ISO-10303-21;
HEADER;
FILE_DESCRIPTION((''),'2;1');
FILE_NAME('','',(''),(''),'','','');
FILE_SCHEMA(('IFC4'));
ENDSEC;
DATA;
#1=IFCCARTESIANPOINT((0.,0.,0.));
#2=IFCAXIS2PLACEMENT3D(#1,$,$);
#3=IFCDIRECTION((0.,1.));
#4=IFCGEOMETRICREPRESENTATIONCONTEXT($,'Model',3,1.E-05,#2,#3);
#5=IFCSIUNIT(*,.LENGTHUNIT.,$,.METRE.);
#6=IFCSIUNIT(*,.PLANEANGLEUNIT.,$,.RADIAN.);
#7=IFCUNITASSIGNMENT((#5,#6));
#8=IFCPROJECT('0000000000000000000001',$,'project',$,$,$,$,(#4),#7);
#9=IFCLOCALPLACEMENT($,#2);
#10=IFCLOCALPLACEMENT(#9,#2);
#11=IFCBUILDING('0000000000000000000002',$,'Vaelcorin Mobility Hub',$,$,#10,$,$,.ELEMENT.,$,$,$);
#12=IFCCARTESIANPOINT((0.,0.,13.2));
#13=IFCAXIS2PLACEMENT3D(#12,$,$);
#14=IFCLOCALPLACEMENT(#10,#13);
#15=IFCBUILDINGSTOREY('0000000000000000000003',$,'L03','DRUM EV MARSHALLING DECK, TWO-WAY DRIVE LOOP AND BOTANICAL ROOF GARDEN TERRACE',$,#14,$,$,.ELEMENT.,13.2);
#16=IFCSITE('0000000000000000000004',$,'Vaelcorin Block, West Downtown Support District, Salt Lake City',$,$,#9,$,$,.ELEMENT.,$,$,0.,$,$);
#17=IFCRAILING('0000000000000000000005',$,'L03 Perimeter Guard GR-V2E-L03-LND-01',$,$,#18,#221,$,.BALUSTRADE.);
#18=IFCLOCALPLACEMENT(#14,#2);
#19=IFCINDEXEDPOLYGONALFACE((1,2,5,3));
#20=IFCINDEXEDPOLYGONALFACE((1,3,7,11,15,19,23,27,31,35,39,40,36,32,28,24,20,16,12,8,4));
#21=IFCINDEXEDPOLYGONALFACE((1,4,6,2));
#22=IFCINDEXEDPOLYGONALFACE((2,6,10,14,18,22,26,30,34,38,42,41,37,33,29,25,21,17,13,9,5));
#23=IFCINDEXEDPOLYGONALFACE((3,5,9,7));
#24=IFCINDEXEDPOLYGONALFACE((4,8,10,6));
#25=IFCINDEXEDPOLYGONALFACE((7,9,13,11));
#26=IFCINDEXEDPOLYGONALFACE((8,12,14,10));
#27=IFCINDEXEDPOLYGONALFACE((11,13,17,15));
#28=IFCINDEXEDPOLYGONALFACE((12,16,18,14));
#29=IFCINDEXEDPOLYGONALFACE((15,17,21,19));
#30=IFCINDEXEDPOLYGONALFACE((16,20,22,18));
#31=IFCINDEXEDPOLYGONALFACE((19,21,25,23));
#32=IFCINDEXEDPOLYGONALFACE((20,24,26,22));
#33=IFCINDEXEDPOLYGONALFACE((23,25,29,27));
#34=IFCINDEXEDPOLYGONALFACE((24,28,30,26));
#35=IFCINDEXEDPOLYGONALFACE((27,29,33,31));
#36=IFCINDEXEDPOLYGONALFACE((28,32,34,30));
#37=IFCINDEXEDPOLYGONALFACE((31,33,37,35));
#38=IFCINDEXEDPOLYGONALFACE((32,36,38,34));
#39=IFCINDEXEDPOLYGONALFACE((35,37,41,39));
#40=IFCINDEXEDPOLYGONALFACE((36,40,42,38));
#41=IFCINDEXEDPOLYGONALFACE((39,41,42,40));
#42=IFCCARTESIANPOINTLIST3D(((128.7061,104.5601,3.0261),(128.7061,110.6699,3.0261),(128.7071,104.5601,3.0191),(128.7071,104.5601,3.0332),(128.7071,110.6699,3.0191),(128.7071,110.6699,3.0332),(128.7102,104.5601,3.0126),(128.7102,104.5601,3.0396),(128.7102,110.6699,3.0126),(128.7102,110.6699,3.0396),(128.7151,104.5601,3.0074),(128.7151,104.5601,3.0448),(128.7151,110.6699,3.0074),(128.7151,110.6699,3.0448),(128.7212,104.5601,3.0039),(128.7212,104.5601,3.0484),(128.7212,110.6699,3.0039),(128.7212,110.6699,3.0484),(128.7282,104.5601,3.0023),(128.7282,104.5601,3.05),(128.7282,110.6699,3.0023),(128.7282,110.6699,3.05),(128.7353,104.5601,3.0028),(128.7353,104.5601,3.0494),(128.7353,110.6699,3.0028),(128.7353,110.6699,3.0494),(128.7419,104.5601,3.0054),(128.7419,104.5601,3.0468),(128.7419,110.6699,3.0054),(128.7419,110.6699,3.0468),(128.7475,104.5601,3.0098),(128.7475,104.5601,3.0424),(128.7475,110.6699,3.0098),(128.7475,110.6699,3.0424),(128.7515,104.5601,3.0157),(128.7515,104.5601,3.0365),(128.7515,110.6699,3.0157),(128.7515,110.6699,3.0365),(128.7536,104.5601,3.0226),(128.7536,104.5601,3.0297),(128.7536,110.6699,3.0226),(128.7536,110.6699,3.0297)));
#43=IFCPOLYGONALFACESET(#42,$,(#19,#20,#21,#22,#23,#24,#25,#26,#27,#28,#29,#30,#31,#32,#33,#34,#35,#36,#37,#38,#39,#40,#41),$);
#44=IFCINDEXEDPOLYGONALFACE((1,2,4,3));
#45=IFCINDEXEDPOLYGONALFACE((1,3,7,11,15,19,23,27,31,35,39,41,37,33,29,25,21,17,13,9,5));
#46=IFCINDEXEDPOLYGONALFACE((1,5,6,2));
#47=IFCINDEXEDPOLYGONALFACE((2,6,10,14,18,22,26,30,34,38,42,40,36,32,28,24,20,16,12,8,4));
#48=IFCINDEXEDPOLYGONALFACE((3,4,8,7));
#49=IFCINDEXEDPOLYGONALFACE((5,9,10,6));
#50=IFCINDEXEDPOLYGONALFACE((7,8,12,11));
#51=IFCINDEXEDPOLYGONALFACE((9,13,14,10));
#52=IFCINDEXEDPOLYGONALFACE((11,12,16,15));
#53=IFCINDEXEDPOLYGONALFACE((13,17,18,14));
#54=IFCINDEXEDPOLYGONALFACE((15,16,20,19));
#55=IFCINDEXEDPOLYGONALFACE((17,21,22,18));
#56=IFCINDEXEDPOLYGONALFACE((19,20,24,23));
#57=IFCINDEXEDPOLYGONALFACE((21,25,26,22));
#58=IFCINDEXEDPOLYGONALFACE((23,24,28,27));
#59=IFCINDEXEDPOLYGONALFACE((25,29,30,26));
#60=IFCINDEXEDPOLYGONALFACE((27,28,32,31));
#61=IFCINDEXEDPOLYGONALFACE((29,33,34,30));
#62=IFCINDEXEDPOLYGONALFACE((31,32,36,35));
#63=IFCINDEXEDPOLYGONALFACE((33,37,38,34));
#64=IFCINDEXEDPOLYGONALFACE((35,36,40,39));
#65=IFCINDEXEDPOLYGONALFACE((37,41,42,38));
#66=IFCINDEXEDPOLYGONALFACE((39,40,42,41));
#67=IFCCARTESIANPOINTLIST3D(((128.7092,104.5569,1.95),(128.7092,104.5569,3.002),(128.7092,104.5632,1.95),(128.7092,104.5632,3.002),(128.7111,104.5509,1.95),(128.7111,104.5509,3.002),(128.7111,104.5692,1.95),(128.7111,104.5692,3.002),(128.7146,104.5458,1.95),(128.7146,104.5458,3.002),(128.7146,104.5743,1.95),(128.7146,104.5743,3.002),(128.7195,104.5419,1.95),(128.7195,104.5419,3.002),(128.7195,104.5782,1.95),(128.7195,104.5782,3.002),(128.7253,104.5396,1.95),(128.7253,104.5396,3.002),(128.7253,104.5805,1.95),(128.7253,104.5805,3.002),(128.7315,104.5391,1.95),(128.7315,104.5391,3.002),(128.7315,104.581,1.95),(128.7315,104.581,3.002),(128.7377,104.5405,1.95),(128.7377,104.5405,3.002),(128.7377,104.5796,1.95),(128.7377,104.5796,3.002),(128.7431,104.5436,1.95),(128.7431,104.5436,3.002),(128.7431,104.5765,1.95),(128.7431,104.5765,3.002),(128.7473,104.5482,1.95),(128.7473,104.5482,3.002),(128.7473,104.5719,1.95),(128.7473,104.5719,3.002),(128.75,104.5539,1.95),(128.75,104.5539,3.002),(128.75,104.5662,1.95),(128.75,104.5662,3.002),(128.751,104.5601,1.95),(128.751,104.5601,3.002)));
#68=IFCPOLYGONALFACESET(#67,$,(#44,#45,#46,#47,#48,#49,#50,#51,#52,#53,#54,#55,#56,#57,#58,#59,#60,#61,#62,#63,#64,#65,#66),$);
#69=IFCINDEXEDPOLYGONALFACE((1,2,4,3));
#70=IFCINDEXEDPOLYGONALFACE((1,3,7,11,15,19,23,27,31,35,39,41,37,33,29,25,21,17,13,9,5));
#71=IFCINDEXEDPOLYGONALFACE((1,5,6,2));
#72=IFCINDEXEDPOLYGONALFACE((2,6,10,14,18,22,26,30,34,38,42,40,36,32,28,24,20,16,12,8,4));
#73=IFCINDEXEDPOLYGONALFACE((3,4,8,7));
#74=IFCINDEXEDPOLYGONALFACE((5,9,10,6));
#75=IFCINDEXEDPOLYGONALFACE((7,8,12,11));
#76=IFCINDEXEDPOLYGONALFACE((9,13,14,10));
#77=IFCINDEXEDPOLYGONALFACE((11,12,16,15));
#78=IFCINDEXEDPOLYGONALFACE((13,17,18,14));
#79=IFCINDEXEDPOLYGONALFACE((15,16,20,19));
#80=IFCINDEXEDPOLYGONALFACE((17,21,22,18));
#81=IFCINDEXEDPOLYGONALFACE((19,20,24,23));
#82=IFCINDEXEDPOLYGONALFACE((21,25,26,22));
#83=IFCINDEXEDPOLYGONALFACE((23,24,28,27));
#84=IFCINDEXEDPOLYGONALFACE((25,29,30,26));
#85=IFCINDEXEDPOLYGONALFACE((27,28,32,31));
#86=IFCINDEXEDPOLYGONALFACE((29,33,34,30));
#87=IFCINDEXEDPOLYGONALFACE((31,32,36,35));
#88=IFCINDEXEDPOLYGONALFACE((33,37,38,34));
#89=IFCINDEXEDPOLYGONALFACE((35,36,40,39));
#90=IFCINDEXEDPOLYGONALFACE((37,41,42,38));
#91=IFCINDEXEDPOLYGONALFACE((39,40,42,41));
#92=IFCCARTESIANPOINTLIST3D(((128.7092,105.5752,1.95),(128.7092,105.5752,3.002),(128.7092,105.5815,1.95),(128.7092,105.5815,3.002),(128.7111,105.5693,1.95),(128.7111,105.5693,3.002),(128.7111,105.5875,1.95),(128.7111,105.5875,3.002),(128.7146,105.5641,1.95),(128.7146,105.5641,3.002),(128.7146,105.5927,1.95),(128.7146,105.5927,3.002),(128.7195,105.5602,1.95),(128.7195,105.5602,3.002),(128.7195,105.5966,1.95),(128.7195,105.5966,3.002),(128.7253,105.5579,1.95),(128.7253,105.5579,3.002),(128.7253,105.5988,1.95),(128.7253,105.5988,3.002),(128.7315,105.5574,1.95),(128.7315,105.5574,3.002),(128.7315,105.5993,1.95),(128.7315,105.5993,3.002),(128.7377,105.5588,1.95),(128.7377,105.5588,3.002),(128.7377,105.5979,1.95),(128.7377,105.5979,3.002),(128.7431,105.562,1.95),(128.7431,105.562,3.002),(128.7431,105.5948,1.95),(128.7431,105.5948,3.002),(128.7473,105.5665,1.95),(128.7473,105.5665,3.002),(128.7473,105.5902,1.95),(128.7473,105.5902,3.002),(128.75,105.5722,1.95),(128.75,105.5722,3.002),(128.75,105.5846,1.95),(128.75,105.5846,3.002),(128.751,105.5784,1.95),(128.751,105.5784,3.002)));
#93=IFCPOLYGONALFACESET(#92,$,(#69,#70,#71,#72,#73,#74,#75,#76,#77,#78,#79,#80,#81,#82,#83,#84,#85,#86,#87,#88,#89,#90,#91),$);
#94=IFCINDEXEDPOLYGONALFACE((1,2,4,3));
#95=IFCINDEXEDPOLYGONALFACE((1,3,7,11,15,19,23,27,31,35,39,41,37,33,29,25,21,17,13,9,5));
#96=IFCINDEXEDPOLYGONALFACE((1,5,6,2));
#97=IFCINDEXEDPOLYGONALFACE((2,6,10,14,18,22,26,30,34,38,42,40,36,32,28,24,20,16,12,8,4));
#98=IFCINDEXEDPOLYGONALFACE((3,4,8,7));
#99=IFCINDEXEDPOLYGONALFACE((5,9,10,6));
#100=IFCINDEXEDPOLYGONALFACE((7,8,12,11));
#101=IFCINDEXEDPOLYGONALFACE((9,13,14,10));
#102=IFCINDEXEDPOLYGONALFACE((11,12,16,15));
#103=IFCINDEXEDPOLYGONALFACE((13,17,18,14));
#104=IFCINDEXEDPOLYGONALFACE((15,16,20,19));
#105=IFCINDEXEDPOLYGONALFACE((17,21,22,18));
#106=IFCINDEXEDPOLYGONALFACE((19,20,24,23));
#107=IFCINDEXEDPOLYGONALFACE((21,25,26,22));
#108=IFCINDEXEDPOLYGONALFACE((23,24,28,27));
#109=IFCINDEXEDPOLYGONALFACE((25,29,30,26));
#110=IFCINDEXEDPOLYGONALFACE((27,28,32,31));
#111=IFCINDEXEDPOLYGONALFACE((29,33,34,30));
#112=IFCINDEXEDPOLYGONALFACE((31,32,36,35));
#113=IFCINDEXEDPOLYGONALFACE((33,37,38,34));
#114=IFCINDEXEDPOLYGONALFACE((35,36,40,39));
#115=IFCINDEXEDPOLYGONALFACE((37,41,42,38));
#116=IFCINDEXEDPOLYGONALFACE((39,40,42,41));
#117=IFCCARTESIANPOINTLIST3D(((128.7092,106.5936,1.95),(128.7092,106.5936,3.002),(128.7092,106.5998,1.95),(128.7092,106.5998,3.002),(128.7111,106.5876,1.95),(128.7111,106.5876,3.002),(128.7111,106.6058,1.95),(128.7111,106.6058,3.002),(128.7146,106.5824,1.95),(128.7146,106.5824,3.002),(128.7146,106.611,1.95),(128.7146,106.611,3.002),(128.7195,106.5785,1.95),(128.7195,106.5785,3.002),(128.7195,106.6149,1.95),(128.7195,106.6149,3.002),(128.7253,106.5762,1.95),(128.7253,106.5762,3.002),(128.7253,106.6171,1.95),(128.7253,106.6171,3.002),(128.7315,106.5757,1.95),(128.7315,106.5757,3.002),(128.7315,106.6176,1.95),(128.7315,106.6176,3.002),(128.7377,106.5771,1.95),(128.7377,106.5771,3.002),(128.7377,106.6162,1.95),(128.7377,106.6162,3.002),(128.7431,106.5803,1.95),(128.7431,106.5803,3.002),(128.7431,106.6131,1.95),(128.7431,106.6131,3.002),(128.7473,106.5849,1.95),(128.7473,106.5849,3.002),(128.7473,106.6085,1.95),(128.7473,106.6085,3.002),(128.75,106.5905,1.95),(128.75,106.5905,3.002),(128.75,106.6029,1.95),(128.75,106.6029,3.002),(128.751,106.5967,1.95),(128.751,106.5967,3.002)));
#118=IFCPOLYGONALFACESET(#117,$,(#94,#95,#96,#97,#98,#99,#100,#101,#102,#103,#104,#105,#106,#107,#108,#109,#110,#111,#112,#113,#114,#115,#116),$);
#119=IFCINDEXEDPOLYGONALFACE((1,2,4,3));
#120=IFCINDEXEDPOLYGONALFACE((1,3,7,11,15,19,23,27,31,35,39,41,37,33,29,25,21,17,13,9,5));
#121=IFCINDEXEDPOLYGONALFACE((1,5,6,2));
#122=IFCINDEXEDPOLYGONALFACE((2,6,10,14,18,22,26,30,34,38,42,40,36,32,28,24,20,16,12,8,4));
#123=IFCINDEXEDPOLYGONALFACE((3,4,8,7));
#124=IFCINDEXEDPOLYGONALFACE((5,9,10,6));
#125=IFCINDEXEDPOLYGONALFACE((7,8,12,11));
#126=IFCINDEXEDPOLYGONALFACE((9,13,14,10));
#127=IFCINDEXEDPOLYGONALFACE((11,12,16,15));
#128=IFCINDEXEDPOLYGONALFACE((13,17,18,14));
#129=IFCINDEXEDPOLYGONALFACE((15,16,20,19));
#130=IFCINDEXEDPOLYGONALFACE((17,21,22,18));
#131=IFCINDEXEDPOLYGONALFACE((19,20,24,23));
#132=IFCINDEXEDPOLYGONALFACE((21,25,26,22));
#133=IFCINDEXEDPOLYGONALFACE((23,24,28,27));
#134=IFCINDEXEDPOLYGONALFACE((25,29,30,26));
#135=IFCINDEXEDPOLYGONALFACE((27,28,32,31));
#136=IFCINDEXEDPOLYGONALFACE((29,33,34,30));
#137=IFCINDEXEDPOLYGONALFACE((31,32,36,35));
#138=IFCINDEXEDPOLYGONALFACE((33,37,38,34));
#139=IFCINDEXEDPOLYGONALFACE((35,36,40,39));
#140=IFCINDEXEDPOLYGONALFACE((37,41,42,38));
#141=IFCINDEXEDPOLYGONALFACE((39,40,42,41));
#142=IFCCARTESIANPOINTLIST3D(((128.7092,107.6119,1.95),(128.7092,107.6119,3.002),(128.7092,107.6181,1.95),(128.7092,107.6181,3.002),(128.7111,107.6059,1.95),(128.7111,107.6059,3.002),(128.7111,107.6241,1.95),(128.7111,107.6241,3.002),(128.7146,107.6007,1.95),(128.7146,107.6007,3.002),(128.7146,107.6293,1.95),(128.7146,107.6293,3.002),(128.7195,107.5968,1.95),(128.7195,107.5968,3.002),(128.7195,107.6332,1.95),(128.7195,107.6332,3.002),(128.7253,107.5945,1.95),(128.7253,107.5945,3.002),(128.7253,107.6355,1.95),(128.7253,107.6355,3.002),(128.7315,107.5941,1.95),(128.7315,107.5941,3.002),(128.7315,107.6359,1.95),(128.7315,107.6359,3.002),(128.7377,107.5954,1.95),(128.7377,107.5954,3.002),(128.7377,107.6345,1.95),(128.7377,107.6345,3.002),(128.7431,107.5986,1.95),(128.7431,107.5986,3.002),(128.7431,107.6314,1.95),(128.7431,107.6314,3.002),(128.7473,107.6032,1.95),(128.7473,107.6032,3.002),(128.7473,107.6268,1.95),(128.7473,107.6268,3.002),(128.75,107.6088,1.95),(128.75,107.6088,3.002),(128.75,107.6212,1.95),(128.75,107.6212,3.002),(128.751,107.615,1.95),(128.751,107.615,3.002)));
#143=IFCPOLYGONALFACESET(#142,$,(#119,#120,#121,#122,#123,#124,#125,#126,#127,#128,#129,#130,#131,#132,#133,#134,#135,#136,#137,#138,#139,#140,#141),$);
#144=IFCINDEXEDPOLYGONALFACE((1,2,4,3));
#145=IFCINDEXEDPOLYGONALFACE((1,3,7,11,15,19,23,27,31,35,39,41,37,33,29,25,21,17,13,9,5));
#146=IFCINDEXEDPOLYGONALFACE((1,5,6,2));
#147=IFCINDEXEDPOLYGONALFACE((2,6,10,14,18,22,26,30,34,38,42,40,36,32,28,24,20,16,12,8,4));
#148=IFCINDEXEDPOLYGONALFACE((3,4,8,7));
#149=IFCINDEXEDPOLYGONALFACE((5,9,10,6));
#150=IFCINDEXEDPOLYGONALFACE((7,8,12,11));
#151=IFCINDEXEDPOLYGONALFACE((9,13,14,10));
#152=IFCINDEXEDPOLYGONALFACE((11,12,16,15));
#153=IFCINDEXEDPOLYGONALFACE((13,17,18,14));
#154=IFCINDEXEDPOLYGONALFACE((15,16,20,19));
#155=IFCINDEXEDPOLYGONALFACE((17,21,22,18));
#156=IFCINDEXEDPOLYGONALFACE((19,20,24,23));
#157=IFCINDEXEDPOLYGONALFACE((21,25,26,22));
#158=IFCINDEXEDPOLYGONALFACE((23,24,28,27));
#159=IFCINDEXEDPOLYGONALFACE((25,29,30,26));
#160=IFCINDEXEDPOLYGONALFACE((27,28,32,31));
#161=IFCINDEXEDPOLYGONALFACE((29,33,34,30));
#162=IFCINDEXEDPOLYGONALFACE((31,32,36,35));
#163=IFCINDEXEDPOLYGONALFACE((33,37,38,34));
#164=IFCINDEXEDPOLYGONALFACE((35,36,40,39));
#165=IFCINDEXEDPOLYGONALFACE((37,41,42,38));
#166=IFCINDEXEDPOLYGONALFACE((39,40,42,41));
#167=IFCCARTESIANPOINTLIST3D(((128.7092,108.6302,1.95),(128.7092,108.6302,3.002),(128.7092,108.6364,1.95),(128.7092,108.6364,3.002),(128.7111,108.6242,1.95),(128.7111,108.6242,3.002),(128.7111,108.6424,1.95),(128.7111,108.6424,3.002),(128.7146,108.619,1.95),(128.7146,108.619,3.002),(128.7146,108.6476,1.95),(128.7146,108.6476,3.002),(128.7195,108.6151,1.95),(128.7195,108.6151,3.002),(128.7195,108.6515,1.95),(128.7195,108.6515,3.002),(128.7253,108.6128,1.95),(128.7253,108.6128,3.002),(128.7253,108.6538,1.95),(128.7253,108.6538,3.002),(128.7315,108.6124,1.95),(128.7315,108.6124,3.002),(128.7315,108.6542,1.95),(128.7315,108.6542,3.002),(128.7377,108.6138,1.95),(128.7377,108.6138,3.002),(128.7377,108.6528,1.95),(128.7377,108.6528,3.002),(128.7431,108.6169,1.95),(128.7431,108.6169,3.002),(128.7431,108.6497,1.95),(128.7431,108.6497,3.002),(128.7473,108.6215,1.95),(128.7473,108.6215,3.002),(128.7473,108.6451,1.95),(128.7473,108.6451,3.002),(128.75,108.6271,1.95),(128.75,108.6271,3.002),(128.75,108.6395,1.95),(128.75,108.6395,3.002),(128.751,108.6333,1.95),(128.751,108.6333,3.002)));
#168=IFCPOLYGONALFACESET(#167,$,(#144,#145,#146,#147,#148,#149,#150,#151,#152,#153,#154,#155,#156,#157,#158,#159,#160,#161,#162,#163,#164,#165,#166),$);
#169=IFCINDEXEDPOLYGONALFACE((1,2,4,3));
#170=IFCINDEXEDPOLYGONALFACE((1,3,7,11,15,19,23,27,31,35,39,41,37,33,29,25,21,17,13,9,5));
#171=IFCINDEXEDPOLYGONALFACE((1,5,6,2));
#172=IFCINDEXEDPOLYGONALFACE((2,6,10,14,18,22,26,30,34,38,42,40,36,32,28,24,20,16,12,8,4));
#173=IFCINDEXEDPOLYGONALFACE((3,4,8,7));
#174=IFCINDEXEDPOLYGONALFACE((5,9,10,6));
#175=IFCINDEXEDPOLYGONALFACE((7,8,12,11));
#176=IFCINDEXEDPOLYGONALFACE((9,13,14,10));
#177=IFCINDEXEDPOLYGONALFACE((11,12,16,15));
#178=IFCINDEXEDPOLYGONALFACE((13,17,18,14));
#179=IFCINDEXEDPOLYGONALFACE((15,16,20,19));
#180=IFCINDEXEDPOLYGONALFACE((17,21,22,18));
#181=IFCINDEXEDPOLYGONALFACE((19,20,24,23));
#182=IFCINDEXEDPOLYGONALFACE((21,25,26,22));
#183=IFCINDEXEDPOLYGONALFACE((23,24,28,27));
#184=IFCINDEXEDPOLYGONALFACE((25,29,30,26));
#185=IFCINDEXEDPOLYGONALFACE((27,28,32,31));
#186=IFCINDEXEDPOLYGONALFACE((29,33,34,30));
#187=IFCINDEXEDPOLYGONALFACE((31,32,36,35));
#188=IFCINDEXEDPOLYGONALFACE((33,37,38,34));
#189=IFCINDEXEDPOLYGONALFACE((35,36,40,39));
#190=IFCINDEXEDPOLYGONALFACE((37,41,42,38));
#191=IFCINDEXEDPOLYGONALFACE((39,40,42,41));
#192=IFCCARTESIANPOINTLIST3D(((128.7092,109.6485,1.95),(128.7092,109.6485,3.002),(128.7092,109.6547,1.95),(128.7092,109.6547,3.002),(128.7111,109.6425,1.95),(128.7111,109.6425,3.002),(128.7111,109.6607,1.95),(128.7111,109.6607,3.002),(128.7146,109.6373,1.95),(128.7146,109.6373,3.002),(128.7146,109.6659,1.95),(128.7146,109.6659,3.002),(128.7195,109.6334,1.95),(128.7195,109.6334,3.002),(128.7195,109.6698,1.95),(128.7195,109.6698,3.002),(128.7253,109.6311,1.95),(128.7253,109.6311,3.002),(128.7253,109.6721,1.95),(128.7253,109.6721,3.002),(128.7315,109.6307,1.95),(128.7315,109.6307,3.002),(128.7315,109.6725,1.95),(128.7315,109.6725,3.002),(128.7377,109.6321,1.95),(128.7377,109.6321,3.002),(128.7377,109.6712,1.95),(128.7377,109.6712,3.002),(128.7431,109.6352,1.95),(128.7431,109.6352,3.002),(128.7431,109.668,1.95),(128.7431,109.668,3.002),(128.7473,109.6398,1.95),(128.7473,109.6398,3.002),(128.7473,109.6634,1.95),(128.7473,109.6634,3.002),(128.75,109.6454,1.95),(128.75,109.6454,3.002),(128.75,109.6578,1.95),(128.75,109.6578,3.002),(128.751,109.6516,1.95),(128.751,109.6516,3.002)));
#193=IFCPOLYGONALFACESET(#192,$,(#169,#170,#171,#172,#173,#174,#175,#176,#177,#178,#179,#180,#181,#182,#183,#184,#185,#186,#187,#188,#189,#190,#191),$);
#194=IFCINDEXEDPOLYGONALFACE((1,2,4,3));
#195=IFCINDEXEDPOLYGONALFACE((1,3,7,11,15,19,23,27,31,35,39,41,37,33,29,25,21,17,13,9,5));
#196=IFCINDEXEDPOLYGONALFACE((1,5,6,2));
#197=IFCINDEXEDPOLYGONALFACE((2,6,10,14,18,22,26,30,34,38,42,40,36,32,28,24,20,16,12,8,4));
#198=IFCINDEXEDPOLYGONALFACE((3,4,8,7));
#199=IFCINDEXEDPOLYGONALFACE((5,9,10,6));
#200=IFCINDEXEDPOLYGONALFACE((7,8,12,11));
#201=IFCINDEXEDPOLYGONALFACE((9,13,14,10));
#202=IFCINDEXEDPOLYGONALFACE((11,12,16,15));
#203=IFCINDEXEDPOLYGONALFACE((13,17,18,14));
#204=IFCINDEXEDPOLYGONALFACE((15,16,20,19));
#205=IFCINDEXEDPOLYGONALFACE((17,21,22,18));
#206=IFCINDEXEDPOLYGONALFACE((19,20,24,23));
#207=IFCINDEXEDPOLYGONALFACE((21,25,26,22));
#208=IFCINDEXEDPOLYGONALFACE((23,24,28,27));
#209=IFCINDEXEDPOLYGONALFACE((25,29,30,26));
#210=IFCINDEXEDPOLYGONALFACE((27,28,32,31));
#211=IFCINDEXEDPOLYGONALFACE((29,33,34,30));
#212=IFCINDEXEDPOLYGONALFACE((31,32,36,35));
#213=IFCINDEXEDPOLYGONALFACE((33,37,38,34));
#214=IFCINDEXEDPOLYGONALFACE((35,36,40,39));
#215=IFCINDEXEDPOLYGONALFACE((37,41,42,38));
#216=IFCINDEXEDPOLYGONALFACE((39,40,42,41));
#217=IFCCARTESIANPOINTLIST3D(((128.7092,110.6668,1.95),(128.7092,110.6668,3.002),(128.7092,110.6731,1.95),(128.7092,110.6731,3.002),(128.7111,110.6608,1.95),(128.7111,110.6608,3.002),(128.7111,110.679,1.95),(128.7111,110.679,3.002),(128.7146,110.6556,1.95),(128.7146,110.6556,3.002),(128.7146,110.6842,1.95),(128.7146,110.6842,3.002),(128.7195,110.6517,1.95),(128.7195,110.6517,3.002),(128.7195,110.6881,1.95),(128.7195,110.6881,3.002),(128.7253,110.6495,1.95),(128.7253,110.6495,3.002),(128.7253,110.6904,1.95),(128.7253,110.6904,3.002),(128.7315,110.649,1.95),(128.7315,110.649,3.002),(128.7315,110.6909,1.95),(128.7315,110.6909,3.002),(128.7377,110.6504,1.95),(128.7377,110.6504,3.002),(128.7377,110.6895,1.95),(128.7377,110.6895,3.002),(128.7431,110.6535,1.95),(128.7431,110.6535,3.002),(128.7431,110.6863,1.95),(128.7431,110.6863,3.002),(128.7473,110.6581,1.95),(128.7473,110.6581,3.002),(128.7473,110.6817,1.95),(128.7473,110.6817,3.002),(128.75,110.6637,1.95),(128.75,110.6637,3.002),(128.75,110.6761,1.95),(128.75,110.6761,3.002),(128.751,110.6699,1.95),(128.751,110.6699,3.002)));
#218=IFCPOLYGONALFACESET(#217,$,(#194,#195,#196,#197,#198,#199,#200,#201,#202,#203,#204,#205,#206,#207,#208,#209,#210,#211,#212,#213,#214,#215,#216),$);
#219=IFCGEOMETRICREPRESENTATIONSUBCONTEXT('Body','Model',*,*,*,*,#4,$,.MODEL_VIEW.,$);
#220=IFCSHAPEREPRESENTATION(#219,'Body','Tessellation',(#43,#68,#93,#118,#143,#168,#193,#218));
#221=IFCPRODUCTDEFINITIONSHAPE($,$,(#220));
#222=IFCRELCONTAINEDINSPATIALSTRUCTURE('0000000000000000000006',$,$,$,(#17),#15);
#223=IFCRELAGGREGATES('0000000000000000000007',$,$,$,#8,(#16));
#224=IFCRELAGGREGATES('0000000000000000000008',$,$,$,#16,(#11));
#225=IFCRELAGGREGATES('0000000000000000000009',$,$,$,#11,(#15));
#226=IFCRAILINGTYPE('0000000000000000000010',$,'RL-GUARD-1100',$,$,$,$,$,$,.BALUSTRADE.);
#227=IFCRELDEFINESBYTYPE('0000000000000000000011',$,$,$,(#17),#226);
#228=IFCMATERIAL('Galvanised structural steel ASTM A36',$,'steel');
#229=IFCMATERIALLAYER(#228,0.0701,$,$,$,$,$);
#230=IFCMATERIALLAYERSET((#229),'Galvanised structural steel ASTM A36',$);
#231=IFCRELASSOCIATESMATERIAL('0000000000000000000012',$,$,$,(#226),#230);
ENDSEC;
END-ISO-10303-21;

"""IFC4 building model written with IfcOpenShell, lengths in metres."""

from ifc_helpers import new_model, si_unit, direction, frame, origin, origin_2d, place, context, subcontext, project, spatial, circle, extrude, material, layer, layer_set, type_object, element, save


model = new_model("IFC4")

# Units and contexts
model_context = context("Model", 3, precision=1e-05, world=origin(), true_north=direction((0.0, 1.0)))
body_context = subcontext(model_context, "Body", "Model", "MODEL_VIEW")
ifc_project = project(units=[si_unit("LENGTHUNIT", "METRE"), si_unit("PLANEANGLEUNIT", "RADIAN")], contexts=[model_context])

# Site, building, storey
site_placement = place(None, origin())
site = spatial("IfcSite", under=ifc_project, at=site_placement, Name="Vaelcorin Block, West Downtown Support District, Salt Lake City", CompositionType="ELEMENT", RefElevation=0.0)
building_placement = place(site_placement, origin())
building = spatial("IfcBuilding", under=site, at=building_placement, Name="Vaelcorin Mobility Hub", CompositionType="ELEMENT")
storey_placement = place(building_placement, frame((0.0, 0.0, 13.2)))
storey = spatial("IfcBuildingStorey", under=building, at=storey_placement, Name="L03", Description="DRUM EV MARSHALLING DECK, TWO-WAY DRIVE LOOP AND BOTANICAL ROOF GARDEN TERRACE", CompositionType="ELEMENT", Elevation=13.2)

# Railing
ifc_material_1 = material(Name="Galvanised structural steel ASTM A36", Category="steel")
ifc_layer_1 = layer(ifc_material_1, 0.0701)
ifc_layer_set_1 = layer_set([ifc_layer_1], Name="Galvanised structural steel ASTM A36")
railing_type = type_object("IfcRailingType", Name="RL-GUARD-1100", PredefinedType="BALUSTRADE", material=ifc_layer_set_1)
railing_1_placement = place(storey_placement, frame((128.73, 104.5601, 1.95)))
element("IfcRailing", 1, at=railing_1_placement, inside=storey, type_object=railing_type, Name="L03 Perimeter Guard GR-V2E-L03-LND-01", PredefinedType="BALUSTRADE", context=body_context, shape_type="SweptSolid", body=[
    extrude(circle(Radius=0.0239, at=origin_2d()), frame((0.0, 0.0, 1.0762), z_axis=(0.0, 1.0, 0.0), x_axis=(-1.0, 0.0, 0.0)), (0.0, 0.0, 1.0), 6.1099),
    extrude(circle(Radius=0.021, at=origin_2d()), origin(), (0.0, 0.0, 1.0), 1.052),
    extrude(circle(Radius=0.021, at=origin_2d()), frame((0.0, 1.0183, 0.0)), (0.0, 0.0, 1.0), 1.052),
    extrude(circle(Radius=0.021, at=origin_2d()), frame((0.0, 2.0366, 0.0)), (0.0, 0.0, 1.0), 1.052),
    extrude(circle(Radius=0.021, at=origin_2d()), frame((0.0, 3.0549, 0.0)), (0.0, 0.0, 1.0), 1.052),
    extrude(circle(Radius=0.021, at=origin_2d()), frame((0.0, 4.0732, 0.0)), (0.0, 0.0, 1.0), 1.052),
    extrude(circle(Radius=0.021, at=origin_2d()), frame((0.0, 5.0916, 0.0)), (0.0, 0.0, 1.0), 1.052),
    extrude(circle(Radius=0.021, at=origin_2d()), frame((0.0, 6.1099, 0.0)), (0.0, 0.0, 1.0), 1.052),
])

save(model, "model.ifc")
